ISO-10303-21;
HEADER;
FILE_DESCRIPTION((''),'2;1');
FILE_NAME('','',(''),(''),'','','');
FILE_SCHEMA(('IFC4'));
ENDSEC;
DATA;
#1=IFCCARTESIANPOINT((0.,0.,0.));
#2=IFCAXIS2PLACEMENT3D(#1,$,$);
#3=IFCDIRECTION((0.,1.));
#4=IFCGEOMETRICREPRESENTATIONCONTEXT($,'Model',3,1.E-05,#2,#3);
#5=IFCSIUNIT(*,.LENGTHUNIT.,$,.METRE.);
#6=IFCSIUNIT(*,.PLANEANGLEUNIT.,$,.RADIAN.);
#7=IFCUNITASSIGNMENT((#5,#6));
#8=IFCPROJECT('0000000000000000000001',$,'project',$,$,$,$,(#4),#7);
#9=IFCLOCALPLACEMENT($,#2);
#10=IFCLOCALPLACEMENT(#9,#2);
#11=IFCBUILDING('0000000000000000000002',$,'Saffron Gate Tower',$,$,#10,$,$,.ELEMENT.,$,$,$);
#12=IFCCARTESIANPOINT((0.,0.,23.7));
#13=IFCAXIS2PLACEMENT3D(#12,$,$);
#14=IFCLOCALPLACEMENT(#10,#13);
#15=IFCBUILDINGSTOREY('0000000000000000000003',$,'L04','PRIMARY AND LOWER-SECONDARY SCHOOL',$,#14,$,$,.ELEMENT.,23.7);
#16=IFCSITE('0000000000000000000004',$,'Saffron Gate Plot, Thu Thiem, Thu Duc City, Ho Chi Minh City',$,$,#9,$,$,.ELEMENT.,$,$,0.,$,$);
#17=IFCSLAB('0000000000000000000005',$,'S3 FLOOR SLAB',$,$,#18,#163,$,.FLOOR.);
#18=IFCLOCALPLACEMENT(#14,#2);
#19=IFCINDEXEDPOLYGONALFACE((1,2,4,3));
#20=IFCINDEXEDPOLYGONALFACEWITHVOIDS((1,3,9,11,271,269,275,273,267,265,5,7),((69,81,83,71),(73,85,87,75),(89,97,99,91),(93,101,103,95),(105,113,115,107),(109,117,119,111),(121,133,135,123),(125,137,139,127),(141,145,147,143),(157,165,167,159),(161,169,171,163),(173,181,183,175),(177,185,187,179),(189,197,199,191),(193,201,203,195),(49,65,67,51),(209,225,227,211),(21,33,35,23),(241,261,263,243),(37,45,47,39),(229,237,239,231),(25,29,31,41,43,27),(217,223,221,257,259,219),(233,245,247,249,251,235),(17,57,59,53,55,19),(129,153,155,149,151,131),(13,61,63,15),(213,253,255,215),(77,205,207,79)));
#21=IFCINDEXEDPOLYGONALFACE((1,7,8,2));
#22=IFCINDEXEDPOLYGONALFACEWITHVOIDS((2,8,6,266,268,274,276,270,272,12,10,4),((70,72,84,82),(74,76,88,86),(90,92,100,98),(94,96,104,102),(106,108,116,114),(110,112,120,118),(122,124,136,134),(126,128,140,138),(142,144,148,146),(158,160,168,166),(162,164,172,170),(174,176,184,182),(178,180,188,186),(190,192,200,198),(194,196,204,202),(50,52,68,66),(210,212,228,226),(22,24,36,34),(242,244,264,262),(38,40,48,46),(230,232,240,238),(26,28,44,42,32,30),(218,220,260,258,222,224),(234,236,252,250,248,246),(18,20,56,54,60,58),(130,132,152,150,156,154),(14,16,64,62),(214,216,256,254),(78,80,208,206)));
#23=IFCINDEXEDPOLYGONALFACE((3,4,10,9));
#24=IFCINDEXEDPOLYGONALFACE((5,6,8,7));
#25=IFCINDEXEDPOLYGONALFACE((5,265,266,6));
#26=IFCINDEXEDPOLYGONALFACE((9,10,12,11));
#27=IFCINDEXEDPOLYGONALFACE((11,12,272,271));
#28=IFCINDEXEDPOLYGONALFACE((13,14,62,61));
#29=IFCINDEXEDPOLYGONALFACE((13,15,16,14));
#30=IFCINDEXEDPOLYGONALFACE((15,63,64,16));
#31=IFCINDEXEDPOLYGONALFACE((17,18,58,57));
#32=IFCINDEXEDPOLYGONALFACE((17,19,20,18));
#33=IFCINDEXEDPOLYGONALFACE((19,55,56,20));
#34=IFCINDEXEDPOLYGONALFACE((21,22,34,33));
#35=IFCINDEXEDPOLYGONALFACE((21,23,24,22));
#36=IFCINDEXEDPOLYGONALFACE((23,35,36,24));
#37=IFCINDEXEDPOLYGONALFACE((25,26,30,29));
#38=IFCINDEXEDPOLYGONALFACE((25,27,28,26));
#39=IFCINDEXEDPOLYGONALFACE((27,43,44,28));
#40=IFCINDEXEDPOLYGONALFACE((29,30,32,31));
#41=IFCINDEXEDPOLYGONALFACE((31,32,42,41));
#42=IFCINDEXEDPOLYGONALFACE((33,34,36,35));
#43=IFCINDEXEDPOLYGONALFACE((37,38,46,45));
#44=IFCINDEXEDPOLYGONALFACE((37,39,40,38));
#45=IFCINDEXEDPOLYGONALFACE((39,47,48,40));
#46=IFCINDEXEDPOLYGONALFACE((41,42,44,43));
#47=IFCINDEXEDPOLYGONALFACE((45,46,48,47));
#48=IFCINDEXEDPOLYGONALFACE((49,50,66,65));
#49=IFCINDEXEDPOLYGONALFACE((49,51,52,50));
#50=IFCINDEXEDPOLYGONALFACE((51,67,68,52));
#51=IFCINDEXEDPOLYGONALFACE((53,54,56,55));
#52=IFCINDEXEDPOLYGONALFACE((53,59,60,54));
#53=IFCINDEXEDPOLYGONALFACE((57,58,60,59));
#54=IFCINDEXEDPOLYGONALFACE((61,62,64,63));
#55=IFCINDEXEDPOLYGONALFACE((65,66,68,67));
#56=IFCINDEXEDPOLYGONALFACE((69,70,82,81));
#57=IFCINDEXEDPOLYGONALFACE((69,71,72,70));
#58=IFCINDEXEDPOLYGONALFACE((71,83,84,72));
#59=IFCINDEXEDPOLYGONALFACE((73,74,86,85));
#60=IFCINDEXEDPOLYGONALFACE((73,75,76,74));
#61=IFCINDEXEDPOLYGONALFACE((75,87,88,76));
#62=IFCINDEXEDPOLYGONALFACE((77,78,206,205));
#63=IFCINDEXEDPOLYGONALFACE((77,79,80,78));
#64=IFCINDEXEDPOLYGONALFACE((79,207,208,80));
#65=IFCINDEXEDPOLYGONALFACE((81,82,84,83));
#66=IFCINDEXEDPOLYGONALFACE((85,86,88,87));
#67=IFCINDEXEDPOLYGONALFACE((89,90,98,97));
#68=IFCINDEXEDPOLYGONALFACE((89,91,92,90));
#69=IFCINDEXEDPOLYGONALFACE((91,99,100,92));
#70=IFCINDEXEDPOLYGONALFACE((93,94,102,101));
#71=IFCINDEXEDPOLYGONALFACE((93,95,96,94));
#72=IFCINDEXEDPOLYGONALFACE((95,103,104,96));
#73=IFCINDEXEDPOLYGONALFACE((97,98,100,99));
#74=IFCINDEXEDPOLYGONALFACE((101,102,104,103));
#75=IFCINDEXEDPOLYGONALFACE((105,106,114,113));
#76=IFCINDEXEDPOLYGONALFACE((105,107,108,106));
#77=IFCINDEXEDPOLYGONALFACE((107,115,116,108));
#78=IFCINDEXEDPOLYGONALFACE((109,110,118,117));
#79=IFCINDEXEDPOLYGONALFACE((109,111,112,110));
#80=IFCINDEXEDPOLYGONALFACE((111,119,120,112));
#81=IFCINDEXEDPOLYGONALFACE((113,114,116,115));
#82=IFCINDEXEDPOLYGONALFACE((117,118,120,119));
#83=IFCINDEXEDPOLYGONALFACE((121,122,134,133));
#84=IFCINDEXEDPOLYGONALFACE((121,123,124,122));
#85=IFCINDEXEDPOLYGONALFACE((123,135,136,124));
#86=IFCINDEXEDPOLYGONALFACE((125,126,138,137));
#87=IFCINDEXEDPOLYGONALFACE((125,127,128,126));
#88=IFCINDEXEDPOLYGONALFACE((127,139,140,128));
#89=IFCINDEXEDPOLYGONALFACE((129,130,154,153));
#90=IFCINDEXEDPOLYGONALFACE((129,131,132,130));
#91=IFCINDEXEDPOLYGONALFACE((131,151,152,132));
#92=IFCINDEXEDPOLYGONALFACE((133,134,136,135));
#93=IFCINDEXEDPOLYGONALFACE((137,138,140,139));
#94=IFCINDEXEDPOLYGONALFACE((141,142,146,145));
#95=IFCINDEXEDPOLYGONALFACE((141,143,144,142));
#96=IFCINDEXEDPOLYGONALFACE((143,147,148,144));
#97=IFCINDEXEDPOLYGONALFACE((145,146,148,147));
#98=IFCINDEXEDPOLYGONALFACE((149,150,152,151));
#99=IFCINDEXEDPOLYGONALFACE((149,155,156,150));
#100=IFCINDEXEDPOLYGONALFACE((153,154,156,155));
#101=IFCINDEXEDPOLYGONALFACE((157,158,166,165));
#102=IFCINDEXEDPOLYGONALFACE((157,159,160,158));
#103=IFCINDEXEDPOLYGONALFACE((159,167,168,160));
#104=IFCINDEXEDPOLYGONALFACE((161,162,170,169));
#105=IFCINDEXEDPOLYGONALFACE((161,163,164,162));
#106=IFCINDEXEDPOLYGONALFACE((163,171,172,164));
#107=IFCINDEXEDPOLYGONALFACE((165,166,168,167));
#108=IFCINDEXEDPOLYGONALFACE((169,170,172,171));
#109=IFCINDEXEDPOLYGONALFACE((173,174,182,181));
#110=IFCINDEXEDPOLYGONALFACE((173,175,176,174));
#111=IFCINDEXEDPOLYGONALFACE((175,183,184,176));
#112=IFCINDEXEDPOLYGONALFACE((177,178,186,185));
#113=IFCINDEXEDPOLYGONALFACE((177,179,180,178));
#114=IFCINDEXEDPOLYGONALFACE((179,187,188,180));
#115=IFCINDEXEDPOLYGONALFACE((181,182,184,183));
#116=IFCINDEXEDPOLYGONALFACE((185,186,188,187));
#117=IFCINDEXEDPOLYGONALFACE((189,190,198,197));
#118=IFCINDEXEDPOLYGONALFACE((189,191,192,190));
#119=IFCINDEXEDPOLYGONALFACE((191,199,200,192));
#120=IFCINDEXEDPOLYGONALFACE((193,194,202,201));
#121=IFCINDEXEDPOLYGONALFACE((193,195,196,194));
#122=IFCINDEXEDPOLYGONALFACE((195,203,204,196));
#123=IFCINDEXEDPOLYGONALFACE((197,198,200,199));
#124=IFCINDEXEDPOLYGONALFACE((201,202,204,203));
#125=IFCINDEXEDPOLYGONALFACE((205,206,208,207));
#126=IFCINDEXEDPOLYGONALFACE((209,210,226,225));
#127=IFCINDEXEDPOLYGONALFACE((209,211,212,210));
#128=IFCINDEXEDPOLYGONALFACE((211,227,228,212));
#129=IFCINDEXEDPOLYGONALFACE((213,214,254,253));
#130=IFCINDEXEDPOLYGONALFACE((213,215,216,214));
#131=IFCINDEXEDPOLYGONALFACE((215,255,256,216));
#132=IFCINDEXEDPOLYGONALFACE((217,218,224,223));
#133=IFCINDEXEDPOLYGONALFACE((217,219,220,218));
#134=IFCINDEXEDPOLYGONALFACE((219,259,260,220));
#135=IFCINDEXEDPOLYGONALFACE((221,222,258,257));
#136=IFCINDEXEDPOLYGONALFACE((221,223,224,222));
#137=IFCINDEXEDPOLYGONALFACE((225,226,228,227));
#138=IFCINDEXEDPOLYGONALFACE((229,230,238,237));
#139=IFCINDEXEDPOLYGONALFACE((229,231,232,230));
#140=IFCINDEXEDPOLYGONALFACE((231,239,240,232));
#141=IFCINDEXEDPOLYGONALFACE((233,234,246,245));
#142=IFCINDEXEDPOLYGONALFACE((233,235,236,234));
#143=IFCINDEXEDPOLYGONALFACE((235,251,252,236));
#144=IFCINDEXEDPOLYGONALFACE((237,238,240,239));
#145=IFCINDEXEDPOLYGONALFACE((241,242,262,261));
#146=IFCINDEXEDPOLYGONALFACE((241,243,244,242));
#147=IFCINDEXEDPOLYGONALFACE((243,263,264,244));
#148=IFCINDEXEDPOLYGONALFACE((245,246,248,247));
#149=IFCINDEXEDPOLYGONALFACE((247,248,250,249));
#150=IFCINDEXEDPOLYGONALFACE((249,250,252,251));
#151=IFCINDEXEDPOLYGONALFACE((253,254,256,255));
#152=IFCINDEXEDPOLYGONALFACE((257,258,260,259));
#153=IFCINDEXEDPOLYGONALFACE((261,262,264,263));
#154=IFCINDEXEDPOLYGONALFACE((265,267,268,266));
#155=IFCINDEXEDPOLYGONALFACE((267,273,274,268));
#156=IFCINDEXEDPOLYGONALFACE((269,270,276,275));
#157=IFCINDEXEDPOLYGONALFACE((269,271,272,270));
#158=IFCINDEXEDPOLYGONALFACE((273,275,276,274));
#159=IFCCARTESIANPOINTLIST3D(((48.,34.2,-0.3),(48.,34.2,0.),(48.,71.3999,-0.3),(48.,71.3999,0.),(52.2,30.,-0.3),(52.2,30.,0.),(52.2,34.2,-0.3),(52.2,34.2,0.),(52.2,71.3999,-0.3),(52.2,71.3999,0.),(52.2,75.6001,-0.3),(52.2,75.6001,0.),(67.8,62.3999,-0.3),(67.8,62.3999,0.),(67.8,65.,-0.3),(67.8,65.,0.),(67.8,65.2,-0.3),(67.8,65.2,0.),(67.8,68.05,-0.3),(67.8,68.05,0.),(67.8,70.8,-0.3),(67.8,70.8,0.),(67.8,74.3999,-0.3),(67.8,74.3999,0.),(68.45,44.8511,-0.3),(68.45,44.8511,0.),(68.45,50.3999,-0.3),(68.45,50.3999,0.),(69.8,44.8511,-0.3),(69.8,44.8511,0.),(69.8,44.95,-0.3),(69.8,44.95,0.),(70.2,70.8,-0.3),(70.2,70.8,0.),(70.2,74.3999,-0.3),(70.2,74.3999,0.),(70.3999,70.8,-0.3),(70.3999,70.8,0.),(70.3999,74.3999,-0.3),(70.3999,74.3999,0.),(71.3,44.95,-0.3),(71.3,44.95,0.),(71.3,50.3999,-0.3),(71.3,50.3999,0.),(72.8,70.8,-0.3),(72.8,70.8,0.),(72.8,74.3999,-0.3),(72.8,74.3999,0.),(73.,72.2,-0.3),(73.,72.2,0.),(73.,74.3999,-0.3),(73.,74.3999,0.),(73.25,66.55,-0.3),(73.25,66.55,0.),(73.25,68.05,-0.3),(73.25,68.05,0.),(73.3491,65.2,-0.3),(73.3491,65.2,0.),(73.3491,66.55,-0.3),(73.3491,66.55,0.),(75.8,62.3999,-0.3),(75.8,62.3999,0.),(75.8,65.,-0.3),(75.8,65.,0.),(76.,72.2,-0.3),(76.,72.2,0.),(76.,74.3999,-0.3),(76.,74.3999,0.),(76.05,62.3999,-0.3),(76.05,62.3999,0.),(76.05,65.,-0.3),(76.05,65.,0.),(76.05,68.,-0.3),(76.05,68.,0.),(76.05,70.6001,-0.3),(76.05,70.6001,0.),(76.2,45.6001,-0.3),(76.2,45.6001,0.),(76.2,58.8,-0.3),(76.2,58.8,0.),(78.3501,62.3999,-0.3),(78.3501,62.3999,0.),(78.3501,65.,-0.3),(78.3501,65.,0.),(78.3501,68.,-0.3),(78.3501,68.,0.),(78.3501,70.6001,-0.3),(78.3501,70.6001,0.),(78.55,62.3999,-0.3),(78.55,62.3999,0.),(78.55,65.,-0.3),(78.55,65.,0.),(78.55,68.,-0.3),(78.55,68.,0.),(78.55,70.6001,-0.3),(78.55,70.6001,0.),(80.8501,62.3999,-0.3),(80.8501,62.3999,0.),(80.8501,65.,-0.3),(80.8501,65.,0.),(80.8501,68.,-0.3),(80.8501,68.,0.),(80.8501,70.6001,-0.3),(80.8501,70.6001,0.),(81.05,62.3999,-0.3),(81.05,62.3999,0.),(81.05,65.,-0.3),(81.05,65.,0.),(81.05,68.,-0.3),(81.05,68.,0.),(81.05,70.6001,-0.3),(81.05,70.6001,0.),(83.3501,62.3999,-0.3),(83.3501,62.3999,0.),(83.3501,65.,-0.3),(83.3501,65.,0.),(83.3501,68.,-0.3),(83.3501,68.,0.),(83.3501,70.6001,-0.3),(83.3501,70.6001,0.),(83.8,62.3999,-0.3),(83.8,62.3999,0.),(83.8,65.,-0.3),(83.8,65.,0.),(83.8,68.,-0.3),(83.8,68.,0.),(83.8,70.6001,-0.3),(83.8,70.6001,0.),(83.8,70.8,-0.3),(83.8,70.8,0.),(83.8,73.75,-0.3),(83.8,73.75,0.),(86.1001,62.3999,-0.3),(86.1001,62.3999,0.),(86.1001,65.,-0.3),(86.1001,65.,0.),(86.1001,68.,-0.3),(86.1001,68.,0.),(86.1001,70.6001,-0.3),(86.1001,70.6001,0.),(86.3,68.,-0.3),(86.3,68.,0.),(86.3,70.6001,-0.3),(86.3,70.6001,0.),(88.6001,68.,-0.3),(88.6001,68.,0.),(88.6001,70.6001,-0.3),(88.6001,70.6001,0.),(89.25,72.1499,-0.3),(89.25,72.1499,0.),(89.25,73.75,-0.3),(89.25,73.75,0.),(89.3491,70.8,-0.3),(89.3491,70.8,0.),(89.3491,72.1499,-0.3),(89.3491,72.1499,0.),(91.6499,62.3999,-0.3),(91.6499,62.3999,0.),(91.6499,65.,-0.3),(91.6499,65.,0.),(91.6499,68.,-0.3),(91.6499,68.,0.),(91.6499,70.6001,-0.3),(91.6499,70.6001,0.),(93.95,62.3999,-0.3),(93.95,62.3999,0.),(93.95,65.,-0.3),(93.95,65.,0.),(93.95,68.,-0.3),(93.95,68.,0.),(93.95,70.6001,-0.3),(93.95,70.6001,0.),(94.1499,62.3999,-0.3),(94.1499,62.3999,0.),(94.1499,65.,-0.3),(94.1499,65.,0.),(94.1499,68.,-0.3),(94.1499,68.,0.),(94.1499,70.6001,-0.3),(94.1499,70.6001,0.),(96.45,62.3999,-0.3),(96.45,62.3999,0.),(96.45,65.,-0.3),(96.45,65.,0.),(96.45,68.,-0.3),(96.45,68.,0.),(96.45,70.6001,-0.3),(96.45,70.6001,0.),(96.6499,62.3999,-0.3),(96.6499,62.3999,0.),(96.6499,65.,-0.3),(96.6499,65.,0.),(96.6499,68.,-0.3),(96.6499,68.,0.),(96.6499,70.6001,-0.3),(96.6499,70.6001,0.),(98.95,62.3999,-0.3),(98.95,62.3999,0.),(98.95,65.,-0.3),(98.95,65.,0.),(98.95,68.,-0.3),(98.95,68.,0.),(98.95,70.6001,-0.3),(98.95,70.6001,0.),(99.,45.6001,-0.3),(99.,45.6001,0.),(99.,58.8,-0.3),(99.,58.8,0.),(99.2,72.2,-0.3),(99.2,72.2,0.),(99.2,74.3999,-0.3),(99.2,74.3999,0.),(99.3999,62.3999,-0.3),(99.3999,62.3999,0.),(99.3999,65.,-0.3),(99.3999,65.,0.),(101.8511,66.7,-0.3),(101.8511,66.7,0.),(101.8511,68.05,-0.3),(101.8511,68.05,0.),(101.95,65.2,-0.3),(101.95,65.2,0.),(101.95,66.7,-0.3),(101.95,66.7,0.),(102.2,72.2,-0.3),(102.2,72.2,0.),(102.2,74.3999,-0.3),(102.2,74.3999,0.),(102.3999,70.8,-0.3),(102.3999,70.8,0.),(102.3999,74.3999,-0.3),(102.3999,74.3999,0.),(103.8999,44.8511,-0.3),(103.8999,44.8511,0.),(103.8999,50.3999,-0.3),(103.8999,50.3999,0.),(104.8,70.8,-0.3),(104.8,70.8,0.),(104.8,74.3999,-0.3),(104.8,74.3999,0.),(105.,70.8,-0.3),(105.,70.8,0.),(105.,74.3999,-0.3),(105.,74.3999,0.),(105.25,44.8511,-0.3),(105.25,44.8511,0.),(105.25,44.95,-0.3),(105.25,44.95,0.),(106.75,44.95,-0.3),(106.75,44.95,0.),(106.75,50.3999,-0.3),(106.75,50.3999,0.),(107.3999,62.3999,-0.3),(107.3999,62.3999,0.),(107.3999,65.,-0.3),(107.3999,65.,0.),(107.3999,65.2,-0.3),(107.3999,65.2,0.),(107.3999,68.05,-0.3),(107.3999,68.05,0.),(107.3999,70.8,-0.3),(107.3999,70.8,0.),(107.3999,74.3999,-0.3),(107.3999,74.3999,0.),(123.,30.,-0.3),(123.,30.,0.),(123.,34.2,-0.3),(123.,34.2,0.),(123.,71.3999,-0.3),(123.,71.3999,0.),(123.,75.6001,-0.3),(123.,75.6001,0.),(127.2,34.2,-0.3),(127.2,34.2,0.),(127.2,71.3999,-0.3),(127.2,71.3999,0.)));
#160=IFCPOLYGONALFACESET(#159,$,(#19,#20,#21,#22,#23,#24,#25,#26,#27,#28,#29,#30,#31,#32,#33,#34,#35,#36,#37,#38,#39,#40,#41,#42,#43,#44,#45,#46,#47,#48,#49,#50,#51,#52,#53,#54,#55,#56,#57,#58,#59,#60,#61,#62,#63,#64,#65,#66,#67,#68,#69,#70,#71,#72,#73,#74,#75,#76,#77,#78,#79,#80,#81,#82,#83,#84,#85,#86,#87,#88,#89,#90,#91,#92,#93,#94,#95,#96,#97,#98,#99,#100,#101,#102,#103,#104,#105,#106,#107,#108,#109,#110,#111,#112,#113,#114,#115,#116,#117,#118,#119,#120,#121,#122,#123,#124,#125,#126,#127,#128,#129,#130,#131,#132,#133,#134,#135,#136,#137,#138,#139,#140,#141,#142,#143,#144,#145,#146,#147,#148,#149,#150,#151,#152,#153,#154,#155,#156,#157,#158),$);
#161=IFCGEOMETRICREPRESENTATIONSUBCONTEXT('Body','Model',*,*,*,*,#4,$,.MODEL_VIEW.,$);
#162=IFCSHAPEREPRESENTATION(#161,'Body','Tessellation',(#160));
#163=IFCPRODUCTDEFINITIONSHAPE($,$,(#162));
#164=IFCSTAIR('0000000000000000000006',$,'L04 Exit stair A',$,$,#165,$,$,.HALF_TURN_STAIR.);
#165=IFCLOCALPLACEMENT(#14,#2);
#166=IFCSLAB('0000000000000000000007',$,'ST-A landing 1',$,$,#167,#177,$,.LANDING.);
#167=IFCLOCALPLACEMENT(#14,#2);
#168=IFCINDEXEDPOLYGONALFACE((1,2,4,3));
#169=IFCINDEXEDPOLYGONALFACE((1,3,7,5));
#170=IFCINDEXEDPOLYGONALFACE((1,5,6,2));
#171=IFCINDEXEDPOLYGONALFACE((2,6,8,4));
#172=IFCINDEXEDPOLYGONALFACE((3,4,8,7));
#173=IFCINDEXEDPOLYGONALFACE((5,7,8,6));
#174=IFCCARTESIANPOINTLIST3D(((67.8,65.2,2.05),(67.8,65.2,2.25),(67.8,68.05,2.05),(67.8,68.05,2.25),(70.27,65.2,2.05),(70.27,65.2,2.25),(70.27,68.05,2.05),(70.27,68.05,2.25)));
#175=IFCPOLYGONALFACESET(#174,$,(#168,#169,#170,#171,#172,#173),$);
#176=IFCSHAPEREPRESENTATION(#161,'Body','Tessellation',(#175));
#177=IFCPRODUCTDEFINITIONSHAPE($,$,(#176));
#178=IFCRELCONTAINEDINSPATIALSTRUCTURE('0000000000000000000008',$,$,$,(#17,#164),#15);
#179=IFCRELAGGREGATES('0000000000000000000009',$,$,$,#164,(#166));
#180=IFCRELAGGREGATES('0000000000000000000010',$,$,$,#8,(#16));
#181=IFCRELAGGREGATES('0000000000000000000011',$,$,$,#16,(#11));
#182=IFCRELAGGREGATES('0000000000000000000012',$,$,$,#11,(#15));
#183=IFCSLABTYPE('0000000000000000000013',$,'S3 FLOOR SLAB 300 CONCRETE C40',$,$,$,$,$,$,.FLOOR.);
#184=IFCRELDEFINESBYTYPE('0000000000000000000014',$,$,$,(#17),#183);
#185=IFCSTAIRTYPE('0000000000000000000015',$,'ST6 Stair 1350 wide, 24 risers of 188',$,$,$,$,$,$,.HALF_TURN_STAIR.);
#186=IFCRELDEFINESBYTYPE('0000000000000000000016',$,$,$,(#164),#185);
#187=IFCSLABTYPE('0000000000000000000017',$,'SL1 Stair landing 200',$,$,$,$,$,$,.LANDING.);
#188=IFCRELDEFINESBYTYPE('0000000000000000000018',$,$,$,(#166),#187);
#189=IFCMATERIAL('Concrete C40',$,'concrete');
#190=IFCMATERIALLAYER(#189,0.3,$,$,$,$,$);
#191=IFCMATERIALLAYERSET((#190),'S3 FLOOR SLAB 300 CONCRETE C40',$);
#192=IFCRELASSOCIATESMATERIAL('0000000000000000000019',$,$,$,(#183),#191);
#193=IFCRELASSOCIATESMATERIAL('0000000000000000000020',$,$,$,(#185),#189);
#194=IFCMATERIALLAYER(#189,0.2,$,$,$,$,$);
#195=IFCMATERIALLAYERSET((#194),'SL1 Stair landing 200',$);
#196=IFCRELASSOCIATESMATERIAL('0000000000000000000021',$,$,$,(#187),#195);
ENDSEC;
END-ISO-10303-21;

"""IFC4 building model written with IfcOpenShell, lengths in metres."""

from ifc_helpers import new_model, si_unit, direction, frame, origin, place, context, subcontext, project, spatial, polyline, outline, extrude, material, layer, layer_set, type_object, element, aggregate, save


model = new_model("IFC4")

# Units and contexts
model_context = context("Model", 3, precision=1e-05, world=origin(), true_north=direction((0.0, 1.0)))
body_context = subcontext(model_context, "Body", "Model", "MODEL_VIEW")
ifc_project = project(units=[si_unit("LENGTHUNIT", "METRE"), si_unit("PLANEANGLEUNIT", "RADIAN")], contexts=[model_context])

# Site, building, storey
site_placement = place(None, origin())
site = spatial("IfcSite", under=ifc_project, at=site_placement, Name="Saffron Gate Plot, Thu Thiem, Thu Duc City, Ho Chi Minh City", CompositionType="ELEMENT", RefElevation=0.0)
building_placement = place(site_placement, origin())
building = spatial("IfcBuilding", under=site, at=building_placement, Name="Saffron Gate Tower", CompositionType="ELEMENT")
storey_placement = place(building_placement, frame((0.0, 0.0, 23.7)))
storey = spatial("IfcBuildingStorey", under=building, at=storey_placement, Name="L04", Description="PRIMARY AND LOWER-SECONDARY SCHOOL", CompositionType="ELEMENT", Elevation=23.7)

# Slab
ifc_material_1 = material(Name="Concrete C40", Category="concrete")
ifc_layer_1 = layer(ifc_material_1, 0.3)
ifc_layer_set_1 = layer_set([ifc_layer_1], Name="S3 FLOOR SLAB 300 CONCRETE C40")
slab_type_1 = type_object("IfcSlabType", Name="S3 FLOOR SLAB 300 CONCRETE C40", PredefinedType="FLOOR", material=ifc_layer_set_1)
slab_1_placement = place(storey_placement, frame((0.0, 0.0, -0.3)))
element("IfcSlab", 1, at=slab_1_placement, inside=storey, type_object=slab_type_1, Name="S3 FLOOR SLAB", PredefinedType="FLOOR", context=body_context, shape_type="SweptSolid", body=[
    extrude(outline(polyline([(48.0, 34.2), (52.2, 34.2), (52.2, 30.0), (123.0, 30.0), (123.0, 34.2), (127.2, 34.2), (127.2, 71.3999), (123.0, 71.3999), (123.0, 75.6001), (52.2, 75.6001), (52.2, 71.3999), (48.0, 71.3999), (48.0, 34.2)]), holes=[polyline([(67.8, 62.3999), (67.8, 65.0), (75.8, 65.0), (75.8, 62.3999), (67.8, 62.3999)]), polyline([(67.8, 65.2), (67.8, 68.05), (73.25, 68.05), (73.25, 66.55), (73.3491, 66.55), (73.3491, 65.2), (67.8, 65.2)]), polyline([(67.8, 70.8), (67.8, 74.3999), (70.2, 74.3999), (70.2, 70.8), (67.8, 70.8)]), polyline([(68.45, 44.8511), (68.45, 50.3999), (71.3, 50.3999), (71.3, 44.95), (69.8, 44.95), (69.8, 44.8511), (68.45, 44.8511)]), polyline([(70.3999, 70.8), (70.3999, 74.3999), (72.8, 74.3999), (72.8, 70.8), (70.3999, 70.8)]), polyline([(73.0, 72.2), (73.0, 74.3999), (76.0, 74.3999), (76.0, 72.2), (73.0, 72.2)]), polyline([(76.05, 62.3999), (76.05, 65.0), (78.3501, 65.0), (78.3501, 62.3999), (76.05, 62.3999)]), polyline([(76.05, 68.0), (76.05, 70.6001), (78.3501, 70.6001), (78.3501, 68.0), (76.05, 68.0)]), polyline([(76.2, 45.6001), (76.2, 58.8), (99.0, 58.8), (99.0, 45.6001), (76.2, 45.6001)]), polyline([(78.55, 62.3999), (78.55, 65.0), (80.8501, 65.0), (80.8501, 62.3999), (78.55, 62.3999)]), polyline([(78.55, 68.0), (78.55, 70.6001), (80.8501, 70.6001), (80.8501, 68.0), (78.55, 68.0)]), polyline([(81.05, 62.3999), (81.05, 65.0), (83.3501, 65.0), (83.3501, 62.3999), (81.05, 62.3999)]), polyline([(81.05, 68.0), (81.05, 70.6001), (83.3501, 70.6001), (83.3501, 68.0), (81.05, 68.0)]), polyline([(83.8, 62.3999), (83.8, 65.0), (86.1001, 65.0), (86.1001, 62.3999), (83.8, 62.3999)]), polyline([(83.8, 68.0), (83.8, 70.6001), (86.1001, 70.6001), (86.1001, 68.0), (83.8, 68.0)]), polyline([(83.8, 70.8), (83.8, 73.75), (89.25, 73.75), (89.25, 72.1499), (89.3491, 72.1499), (89.3491, 70.8), (83.8, 70.8)]), polyline([(86.3, 68.0), (86.3, 70.6001), (88.6001, 70.6001), (88.6001, 68.0), (86.3, 68.0)]), polyline([(91.6499, 62.3999), (91.6499, 65.0), (93.95, 65.0), (93.95, 62.3999), (91.6499, 62.3999)]), polyline([(91.6499, 68.0), (91.6499, 70.6001), (93.95, 70.6001), (93.95, 68.0), (91.6499, 68.0)]), polyline([(94.1499, 62.3999), (94.1499, 65.0), (96.45, 65.0), (96.45, 62.3999), (94.1499, 62.3999)]), polyline([(94.1499, 68.0), (94.1499, 70.6001), (96.45, 70.6001), (96.45, 68.0), (94.1499, 68.0)]), polyline([(96.6499, 62.3999), (96.6499, 65.0), (98.95, 65.0), (98.95, 62.3999), (96.6499, 62.3999)]), polyline([(96.6499, 68.0), (96.6499, 70.6001), (98.95, 70.6001), (98.95, 68.0), (96.6499, 68.0)]), polyline([(99.2, 72.2), (99.2, 74.3999), (102.2, 74.3999), (102.2, 72.2), (99.2, 72.2)]), polyline([(99.3999, 62.3999), (99.3999, 65.0), (107.3999, 65.0), (107.3999, 62.3999), (99.3999, 62.3999)]), polyline([(101.8511, 66.7), (101.8511, 68.05), (107.3999, 68.05), (107.3999, 65.2), (101.95, 65.2), (101.95, 66.7), (101.8511, 66.7)]), polyline([(102.3999, 70.8), (102.3999, 74.3999), (104.8, 74.3999), (104.8, 70.8), (102.3999, 70.8)]), polyline([(103.8999, 44.8511), (103.8999, 50.3999), (106.75, 50.3999), (106.75, 44.95), (105.25, 44.95), (105.25, 44.8511), (103.8999, 44.8511)]), polyline([(105.0, 70.8), (105.0, 74.3999), (107.3999, 74.3999), (107.3999, 70.8), (105.0, 70.8)])]), origin(), (0.0, 0.0, 1.0), 0.3),
])

# Stair, slab
stair_type = type_object("IfcStairType", Name="ST6 Stair 1350 wide, 24 risers of 188", PredefinedType="HALF_TURN_STAIR", material=ifc_material_1)
stair_1_placement = place(storey_placement, origin())
stair_1 = element("IfcStair", 2, at=stair_1_placement, inside=storey, type_object=stair_type, Name="L04 Exit stair A", PredefinedType="HALF_TURN_STAIR")
ifc_layer_2 = layer(ifc_material_1, 0.2)
ifc_layer_set_2 = layer_set([ifc_layer_2], Name="SL1 Stair landing 200")
slab_type_2 = type_object("IfcSlabType", Name="SL1 Stair landing 200", PredefinedType="LANDING", material=ifc_layer_set_2)
slab_2_placement = place(storey_placement, frame((0.0, 0.0, 2.05)))
slab_2 = element("IfcSlab", 3, at=slab_2_placement, type_object=slab_type_2, Name="ST-A landing 1", PredefinedType="LANDING", context=body_context, shape_type="SweptSolid", body=[
    extrude(outline(polyline([(70.27, 68.05), (67.8, 68.05), (67.8, 65.2), (70.27, 65.2), (70.27, 68.05)])), origin(), (0.0, 0.0, 1.0), 0.2),
])
aggregate(stair_1, [slab_2])

save(model, "model.ifc")
